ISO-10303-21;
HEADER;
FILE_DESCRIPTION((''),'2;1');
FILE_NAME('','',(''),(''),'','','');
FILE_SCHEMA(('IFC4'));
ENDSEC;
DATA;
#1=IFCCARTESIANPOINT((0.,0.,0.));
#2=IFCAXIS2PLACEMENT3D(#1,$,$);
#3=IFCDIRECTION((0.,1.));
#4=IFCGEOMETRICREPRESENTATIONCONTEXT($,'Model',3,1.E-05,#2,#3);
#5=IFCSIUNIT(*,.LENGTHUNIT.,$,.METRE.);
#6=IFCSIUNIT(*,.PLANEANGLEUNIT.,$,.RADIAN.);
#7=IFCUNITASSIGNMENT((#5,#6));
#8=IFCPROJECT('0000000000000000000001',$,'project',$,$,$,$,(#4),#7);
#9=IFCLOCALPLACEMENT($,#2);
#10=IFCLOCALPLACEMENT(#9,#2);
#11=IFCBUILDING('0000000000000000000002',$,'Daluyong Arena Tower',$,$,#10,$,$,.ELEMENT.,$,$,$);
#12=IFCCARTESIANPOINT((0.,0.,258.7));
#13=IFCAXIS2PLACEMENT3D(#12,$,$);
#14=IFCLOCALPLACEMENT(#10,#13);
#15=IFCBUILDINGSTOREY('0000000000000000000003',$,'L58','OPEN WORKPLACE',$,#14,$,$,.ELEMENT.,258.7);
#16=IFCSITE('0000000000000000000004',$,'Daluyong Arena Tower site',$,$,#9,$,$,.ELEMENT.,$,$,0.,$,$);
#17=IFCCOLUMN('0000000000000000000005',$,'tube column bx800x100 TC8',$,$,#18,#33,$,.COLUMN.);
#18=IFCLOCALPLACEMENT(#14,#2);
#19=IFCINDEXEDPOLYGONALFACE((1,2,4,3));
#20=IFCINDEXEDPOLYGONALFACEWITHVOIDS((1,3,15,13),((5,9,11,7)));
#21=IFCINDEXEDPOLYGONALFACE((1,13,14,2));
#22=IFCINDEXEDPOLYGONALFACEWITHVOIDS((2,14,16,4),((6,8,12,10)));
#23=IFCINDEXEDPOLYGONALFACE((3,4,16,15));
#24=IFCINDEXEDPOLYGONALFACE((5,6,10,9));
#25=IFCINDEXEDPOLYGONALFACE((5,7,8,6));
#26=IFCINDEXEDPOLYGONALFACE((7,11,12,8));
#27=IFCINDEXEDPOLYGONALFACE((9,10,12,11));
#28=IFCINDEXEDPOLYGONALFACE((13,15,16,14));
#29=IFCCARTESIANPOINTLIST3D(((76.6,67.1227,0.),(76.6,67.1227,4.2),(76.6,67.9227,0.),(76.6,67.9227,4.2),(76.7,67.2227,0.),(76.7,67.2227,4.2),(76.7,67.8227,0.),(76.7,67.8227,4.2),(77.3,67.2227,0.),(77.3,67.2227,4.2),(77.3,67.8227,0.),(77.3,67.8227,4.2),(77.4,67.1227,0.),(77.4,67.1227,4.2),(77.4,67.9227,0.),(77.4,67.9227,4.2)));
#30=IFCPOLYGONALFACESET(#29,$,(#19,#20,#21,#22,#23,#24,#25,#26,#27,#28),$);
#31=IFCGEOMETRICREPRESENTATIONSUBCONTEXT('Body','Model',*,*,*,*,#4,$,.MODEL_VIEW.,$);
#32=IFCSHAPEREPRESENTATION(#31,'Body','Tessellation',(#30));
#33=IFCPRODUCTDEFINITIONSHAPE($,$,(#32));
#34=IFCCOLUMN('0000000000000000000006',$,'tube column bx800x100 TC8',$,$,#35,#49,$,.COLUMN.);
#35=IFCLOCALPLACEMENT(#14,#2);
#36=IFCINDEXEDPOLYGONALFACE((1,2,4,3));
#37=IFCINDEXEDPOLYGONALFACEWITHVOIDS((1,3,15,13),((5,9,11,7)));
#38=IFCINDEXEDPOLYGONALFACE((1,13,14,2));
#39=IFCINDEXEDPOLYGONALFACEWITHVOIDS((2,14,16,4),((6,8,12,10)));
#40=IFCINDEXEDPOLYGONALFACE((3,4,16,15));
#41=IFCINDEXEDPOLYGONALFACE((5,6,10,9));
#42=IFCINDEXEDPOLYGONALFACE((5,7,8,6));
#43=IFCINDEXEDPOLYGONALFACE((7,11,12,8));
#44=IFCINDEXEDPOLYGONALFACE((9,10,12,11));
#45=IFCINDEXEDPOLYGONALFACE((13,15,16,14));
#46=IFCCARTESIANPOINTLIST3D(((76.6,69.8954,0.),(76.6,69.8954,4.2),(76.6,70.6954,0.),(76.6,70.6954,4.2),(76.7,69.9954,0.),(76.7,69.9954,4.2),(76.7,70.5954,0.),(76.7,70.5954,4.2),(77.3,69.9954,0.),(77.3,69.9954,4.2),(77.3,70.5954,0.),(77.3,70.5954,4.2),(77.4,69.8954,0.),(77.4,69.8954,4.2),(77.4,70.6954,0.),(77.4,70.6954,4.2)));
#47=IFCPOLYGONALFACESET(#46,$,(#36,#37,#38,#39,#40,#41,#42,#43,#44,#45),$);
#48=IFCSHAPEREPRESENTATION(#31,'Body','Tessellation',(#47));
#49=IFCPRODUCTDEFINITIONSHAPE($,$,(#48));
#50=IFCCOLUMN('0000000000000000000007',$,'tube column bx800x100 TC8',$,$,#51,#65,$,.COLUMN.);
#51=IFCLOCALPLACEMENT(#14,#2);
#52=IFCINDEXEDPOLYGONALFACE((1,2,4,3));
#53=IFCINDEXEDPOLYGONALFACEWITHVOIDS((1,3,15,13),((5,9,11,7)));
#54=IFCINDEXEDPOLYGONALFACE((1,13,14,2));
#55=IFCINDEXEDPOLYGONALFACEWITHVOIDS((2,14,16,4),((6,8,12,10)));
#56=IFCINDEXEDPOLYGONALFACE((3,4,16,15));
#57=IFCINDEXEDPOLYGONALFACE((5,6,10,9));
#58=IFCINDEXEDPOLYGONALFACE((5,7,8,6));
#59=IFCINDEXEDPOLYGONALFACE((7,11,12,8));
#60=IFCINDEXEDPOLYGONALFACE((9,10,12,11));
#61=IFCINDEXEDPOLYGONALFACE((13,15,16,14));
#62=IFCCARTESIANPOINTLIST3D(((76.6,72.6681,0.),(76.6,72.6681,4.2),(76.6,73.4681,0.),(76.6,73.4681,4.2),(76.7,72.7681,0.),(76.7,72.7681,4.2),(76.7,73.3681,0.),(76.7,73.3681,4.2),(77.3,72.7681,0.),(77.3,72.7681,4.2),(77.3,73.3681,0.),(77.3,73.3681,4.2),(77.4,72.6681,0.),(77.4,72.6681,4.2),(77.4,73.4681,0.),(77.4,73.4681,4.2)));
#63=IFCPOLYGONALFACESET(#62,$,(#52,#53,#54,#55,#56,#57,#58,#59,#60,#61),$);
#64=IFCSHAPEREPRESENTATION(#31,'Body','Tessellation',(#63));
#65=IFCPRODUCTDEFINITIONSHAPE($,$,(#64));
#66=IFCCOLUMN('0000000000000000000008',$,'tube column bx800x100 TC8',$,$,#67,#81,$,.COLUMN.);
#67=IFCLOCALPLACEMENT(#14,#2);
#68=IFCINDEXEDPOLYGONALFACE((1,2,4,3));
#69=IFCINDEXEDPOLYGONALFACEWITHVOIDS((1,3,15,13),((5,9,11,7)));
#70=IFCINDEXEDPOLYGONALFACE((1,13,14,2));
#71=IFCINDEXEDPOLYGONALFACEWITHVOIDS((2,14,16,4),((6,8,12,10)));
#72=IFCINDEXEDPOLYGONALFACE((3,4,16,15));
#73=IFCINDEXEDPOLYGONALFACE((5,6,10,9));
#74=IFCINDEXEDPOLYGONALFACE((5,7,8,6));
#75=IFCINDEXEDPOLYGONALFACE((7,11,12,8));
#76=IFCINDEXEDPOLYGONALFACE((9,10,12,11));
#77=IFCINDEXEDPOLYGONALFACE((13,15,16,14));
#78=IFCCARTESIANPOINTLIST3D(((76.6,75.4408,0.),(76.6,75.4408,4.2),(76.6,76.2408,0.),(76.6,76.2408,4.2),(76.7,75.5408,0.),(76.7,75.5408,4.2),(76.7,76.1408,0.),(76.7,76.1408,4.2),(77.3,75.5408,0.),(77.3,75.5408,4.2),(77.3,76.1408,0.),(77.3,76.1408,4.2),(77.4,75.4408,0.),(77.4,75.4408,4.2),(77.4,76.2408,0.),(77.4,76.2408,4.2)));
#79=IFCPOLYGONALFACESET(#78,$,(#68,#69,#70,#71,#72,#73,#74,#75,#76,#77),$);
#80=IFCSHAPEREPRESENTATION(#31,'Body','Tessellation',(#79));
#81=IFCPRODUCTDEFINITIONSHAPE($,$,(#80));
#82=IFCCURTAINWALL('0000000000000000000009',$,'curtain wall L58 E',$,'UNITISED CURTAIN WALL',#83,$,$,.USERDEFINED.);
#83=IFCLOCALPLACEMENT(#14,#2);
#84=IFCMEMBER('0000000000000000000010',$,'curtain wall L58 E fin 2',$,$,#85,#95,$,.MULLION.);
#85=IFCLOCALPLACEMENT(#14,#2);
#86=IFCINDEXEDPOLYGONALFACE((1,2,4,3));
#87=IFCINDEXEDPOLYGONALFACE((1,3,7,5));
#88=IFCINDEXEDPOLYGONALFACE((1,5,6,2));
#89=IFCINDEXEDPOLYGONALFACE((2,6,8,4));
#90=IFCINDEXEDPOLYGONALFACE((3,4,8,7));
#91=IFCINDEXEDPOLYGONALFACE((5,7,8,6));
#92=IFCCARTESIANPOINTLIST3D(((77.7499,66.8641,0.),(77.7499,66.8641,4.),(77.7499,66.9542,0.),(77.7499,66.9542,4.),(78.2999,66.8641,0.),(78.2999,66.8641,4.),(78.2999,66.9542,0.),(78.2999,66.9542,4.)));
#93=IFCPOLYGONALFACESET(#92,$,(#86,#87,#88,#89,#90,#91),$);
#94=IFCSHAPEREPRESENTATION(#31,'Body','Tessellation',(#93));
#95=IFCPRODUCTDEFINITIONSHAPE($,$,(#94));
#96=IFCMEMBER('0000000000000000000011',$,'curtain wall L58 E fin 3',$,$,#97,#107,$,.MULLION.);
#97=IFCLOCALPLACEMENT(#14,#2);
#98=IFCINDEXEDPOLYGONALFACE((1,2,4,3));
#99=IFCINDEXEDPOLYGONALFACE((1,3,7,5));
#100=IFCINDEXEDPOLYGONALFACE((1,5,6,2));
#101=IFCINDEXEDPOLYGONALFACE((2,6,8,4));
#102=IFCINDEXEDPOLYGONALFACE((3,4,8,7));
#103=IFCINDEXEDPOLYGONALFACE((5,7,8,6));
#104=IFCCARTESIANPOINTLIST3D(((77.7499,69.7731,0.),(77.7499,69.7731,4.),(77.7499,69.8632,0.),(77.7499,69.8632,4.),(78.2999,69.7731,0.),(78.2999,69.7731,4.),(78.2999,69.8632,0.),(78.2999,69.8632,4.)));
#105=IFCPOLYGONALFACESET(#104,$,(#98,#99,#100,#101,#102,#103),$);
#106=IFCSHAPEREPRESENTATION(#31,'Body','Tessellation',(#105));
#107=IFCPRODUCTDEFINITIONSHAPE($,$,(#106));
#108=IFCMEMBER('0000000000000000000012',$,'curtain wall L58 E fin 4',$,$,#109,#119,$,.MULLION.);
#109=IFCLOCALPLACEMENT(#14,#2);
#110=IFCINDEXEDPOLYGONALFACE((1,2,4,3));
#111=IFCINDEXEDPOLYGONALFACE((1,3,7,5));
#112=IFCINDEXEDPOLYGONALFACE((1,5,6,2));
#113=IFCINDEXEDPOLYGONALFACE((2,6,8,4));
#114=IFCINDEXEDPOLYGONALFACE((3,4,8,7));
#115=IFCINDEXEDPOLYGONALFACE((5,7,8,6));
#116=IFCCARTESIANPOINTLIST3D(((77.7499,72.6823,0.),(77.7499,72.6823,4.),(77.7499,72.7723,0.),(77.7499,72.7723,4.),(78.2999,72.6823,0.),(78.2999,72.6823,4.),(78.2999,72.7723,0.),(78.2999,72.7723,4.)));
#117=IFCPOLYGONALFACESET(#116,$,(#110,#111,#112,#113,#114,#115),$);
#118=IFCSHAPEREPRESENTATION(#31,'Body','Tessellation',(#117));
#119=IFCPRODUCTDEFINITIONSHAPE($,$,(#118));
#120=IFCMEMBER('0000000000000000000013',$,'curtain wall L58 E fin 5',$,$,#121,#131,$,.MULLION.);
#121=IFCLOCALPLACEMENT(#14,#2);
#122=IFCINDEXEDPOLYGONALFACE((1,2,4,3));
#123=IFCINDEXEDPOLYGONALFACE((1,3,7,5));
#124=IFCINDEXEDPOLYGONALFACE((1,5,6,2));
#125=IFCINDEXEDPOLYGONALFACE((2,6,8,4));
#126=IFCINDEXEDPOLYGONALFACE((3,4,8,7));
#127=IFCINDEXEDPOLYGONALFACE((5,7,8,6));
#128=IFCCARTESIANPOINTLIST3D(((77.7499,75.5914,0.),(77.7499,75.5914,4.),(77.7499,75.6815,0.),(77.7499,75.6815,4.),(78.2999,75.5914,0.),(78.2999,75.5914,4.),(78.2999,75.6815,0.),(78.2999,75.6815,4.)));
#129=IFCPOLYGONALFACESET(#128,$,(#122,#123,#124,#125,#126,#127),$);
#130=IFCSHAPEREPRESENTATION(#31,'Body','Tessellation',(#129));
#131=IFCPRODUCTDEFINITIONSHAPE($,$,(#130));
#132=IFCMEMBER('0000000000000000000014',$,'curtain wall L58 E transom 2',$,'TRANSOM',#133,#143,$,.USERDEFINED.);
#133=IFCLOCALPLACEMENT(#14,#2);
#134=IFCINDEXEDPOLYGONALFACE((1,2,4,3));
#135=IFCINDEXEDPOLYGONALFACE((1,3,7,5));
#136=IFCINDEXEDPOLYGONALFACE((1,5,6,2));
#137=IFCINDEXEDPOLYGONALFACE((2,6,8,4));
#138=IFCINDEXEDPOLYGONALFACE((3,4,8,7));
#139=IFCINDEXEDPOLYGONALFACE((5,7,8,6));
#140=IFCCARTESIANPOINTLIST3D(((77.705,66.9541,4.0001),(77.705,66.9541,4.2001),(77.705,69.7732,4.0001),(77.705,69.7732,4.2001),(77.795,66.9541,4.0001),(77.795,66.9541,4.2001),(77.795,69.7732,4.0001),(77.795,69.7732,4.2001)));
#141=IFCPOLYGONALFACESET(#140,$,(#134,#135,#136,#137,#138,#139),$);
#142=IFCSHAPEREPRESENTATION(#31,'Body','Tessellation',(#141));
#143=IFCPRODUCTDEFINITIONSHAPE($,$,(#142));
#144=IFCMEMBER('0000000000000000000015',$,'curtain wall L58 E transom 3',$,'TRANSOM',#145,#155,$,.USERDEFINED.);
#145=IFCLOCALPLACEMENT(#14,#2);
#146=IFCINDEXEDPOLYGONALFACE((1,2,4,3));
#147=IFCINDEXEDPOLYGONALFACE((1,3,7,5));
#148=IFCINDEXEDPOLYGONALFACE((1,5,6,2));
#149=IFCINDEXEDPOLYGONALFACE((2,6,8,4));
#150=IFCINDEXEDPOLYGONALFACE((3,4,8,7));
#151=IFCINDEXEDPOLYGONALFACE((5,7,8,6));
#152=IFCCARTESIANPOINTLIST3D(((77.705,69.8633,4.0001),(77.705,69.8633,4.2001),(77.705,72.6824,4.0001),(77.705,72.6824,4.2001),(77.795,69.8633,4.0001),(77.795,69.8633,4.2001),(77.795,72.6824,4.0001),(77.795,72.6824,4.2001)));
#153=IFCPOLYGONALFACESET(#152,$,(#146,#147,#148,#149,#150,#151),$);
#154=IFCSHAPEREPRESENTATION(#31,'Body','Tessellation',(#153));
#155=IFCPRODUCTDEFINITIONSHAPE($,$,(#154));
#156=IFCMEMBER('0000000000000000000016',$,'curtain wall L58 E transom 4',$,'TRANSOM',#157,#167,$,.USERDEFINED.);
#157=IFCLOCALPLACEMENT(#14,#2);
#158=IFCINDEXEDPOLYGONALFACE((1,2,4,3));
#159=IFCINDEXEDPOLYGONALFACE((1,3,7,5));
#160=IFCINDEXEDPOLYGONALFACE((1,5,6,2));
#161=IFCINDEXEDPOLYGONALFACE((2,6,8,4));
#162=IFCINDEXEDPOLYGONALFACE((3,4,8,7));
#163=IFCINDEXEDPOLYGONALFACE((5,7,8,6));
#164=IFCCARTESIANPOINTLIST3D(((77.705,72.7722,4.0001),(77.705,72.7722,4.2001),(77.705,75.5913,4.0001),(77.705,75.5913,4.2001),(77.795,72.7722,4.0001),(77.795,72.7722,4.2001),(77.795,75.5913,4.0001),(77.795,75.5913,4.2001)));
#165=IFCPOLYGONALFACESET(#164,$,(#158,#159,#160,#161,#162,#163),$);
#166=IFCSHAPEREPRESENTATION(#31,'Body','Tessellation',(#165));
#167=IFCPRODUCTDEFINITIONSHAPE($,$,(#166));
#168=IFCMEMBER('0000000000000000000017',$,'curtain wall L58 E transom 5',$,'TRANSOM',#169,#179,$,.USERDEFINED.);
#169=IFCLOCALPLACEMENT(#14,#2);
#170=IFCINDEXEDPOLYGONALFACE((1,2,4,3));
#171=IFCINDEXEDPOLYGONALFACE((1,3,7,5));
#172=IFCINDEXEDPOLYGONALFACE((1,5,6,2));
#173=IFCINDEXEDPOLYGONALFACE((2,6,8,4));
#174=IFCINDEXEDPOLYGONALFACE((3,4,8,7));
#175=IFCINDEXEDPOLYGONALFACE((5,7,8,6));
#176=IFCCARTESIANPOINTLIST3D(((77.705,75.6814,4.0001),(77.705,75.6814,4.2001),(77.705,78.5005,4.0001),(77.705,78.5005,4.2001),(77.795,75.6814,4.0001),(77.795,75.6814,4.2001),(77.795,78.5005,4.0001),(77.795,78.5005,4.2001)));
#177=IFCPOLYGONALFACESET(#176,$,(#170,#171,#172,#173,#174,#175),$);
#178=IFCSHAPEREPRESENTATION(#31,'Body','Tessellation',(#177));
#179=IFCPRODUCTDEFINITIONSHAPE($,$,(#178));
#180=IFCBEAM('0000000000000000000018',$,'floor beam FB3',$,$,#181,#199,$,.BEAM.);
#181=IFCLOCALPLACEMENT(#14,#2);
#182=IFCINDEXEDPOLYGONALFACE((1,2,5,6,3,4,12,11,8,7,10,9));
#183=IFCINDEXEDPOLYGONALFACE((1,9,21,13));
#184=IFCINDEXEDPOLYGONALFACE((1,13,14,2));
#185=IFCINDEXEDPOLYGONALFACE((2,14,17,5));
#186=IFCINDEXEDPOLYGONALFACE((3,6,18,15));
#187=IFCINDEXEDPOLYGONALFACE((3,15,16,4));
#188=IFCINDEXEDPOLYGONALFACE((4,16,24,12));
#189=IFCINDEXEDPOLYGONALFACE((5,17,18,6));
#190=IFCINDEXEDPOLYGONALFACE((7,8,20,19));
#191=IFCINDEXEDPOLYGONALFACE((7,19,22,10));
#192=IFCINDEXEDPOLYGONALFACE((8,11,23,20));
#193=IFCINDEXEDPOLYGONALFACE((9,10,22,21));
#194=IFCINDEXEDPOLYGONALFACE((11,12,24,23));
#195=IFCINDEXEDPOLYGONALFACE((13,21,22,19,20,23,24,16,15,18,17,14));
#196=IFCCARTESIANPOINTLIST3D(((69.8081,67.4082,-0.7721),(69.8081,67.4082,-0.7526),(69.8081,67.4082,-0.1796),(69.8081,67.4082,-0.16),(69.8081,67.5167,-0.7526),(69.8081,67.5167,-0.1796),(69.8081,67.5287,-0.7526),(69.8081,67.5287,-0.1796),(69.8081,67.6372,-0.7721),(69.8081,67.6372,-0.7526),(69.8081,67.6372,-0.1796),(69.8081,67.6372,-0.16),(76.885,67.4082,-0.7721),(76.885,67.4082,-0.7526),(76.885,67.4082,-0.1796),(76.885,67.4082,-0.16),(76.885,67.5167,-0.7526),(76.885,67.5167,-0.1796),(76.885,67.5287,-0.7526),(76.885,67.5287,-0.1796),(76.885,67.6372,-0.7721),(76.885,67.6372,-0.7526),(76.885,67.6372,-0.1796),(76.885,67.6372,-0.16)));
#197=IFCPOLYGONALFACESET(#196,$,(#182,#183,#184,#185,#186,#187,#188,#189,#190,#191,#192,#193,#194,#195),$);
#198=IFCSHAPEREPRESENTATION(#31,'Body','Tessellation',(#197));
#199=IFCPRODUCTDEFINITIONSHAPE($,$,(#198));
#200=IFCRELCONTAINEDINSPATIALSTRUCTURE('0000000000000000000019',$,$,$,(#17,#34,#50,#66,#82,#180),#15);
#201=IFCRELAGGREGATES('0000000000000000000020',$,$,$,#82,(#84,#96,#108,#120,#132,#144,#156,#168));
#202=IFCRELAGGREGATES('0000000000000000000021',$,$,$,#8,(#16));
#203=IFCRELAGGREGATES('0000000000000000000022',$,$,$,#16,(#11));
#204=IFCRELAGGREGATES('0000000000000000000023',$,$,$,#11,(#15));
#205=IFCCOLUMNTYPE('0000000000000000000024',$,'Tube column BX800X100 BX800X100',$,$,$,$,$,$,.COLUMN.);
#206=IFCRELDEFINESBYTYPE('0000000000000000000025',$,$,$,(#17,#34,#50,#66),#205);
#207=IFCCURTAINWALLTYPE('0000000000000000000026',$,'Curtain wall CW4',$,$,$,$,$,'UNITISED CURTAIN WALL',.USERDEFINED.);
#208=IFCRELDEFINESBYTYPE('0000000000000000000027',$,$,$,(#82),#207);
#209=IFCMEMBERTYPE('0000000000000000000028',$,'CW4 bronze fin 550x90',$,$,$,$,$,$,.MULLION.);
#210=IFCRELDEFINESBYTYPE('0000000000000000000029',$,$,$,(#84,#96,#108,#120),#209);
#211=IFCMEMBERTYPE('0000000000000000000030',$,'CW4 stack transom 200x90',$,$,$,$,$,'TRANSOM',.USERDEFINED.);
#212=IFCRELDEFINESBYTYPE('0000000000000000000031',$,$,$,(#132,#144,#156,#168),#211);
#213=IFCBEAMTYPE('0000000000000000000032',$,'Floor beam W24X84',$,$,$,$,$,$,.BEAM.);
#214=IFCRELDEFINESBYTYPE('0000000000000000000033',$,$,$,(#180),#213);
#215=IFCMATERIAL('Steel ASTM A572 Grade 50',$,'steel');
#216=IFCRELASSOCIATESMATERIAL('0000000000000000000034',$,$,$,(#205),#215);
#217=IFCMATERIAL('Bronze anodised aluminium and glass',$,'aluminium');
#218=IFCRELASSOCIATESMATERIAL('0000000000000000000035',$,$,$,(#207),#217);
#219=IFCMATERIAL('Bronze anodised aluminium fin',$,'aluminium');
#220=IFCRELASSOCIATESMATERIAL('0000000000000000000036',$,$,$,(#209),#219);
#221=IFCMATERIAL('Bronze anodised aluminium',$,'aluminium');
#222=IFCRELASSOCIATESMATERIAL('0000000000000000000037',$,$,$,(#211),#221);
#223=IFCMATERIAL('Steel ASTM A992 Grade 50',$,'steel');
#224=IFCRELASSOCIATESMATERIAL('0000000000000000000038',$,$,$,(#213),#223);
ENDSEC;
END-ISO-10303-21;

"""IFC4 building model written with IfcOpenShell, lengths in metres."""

from ifc_helpers import new_model, si_unit, direction, frame, origin, origin_2d, place, context, subcontext, project, spatial, rectangle, hollow_rectangle, i_section, extrude, material, material_profile, profile_set, type_object, element, aggregate, save


model = new_model("IFC4")

# Units and contexts
model_context = context("Model", 3, precision=1e-05, world=origin(), true_north=direction((0.0, 1.0)))
body_context = subcontext(model_context, "Body", "Model", "MODEL_VIEW")
ifc_project = project(units=[si_unit("LENGTHUNIT", "METRE"), si_unit("PLANEANGLEUNIT", "RADIAN")], contexts=[model_context])

# Site, building, storey
site_placement = place(None, origin())
site = spatial("IfcSite", under=ifc_project, at=site_placement, Name="Daluyong Arena Tower site", CompositionType="ELEMENT", RefElevation=0.0)
building_placement = place(site_placement, origin())
building = spatial("IfcBuilding", under=site, at=building_placement, Name="Daluyong Arena Tower", CompositionType="ELEMENT")
storey_placement = place(building_placement, frame((0.0, 0.0, 258.7)))
storey = spatial("IfcBuildingStorey", under=building, at=storey_placement, Name="L58", Description="OPEN WORKPLACE", CompositionType="ELEMENT", Elevation=258.7)

# Columns
ifc_material_1 = material(Name="Steel ASTM A572 Grade 50", Category="steel")
ifc_material_profile_1 = material_profile(ifc_material_1, hollow_rectangle(XDim=0.8, YDim=0.8, WallThickness=0.1, at=origin_2d()))
ifc_profile_set_1 = profile_set([ifc_material_profile_1], Name="Steel ASTM A572 Grade 50")
column_type = type_object("IfcColumnType", Name="Tube column BX800X100 BX800X100", PredefinedType="COLUMN", material=ifc_profile_set_1)
for number, where, z_axis, x_axis, name in (
    (1, (77.0, 67.5227, 0.0), (0.0, 0.0, 1.0), (0.0, 1.0, 0.0), "tube column bx800x100 TC8"),
    (2, (77.0, 70.2954, 0.0), (0.0, 0.0, 1.0), (0.0, 1.0, 0.0), "tube column bx800x100 TC8"),
    (3, (77.0, 73.0681, 0.0), (0.0, 0.0, 1.0), (0.0, 1.0, 0.0), "tube column bx800x100 TC8"),
    (4, (77.0, 75.8408, 0.0), (0.0, 0.0, 1.0), (0.0, 1.0, 0.0), "tube column bx800x100 TC8"),
):
    element("IfcColumn", number, at=place(storey_placement, frame(where, z_axis=z_axis, x_axis=x_axis)), inside=storey, type_object=column_type, Name=name, PredefinedType="COLUMN", context=body_context, shape_type="SweptSolid", body=[
        extrude(hollow_rectangle(XDim=0.8, YDim=0.8, WallThickness=0.1, at=origin_2d()), origin(), (0.0, 0.0, 1.0), 4.2),
    ])

# Curtain wall, members
ifc_material_2 = material(Name="Bronze anodised aluminium and glass", Category="aluminium")
curtain_wall_type = type_object("IfcCurtainWallType", Name="Curtain wall CW4", ElementType="UNITISED CURTAIN WALL", PredefinedType="USERDEFINED", material=ifc_material_2)
curtain_wall_placement = place(storey_placement, origin())
curtain_wall = element("IfcCurtainWall", 5, at=curtain_wall_placement, inside=storey, type_object=curtain_wall_type, Name="curtain wall L58 E", ObjectType="UNITISED CURTAIN WALL", PredefinedType="USERDEFINED")
ifc_material_3 = material(Name="Bronze anodised aluminium fin", Category="aluminium")
ifc_material_profile_2 = material_profile(ifc_material_3, rectangle(XDim=0.55, YDim=0.0901, at=origin_2d()))
ifc_profile_set_2 = profile_set([ifc_material_profile_2], Name="Bronze anodised aluminium fin")
member_type_1 = type_object("IfcMemberType", Name="CW4 bronze fin 550x90", PredefinedType="MULLION", material=ifc_profile_set_2)
member_1_placement = place(storey_placement, frame((78.0249, 66.9092, 0.0), z_axis=(0.0, 0.0, 1.0), x_axis=(-1.0, 0.0, 0.0)))
member_1 = element("IfcMember", 6, at=member_1_placement, type_object=member_type_1, Name="curtain wall L58 E fin 2", PredefinedType="MULLION", context=body_context, shape_type="SweptSolid", body=[
    extrude(rectangle(XDim=0.55, YDim=0.0901, at=origin_2d()), origin(), (0.0, 0.0, 1.0), 4.0),
])
member_2_placement = place(storey_placement, frame((78.0249, 69.8181, 0.0), z_axis=(0.0, 0.0, 1.0), x_axis=(-1.0, 0.0, 0.0)))
member_2 = element("IfcMember", 7, at=member_2_placement, type_object=member_type_1, Name="curtain wall L58 E fin 3", PredefinedType="MULLION", context=body_context, shape_type="SweptSolid", body=[
    extrude(rectangle(XDim=0.55, YDim=0.0901, at=origin_2d()), origin(), (0.0, 0.0, 1.0), 4.0),
])
member_3_placement = place(storey_placement, frame((78.0249, 72.7273, 0.0), z_axis=(0.0, 0.0, 1.0), x_axis=(-1.0, 0.0, 0.0)))
member_3 = element("IfcMember", 8, at=member_3_placement, type_object=member_type_1, Name="curtain wall L58 E fin 4", PredefinedType="MULLION", context=body_context, shape_type="SweptSolid", body=[
    extrude(rectangle(XDim=0.55, YDim=0.0901, at=origin_2d()), origin(), (0.0, 0.0, 1.0), 4.0),
])
member_4_placement = place(storey_placement, frame((78.0249, 75.6365, 0.0), z_axis=(0.0, 0.0, 1.0), x_axis=(-1.0, 0.0, 0.0)))
member_4 = element("IfcMember", 9, at=member_4_placement, type_object=member_type_1, Name="curtain wall L58 E fin 5", PredefinedType="MULLION", context=body_context, shape_type="SweptSolid", body=[
    extrude(rectangle(XDim=0.55, YDim=0.0901, at=origin_2d()), origin(), (0.0, 0.0, 1.0), 4.0),
])
ifc_material_4 = material(Name="Bronze anodised aluminium", Category="aluminium")
ifc_material_profile_3 = material_profile(ifc_material_4, rectangle(XDim=0.0901, YDim=0.2, at=origin_2d()))
ifc_profile_set_3 = profile_set([ifc_material_profile_3], Name="Bronze anodised aluminium")
member_type_2 = type_object("IfcMemberType", Name="CW4 stack transom 200x90", ElementType="TRANSOM", PredefinedType="USERDEFINED", material=ifc_profile_set_3)
member_5_placement = place(storey_placement, frame((77.75, 66.9541, 4.1001), z_axis=(0.0, 1.0, 0.0), x_axis=(-1.0, 0.0, 0.0)))
member_5 = element("IfcMember", 10, at=member_5_placement, type_object=member_type_2, Name="curtain wall L58 E transom 2", ObjectType="TRANSOM", PredefinedType="USERDEFINED", context=body_context, shape_type="SweptSolid", body=[
    extrude(rectangle(XDim=0.0901, YDim=0.2, at=origin_2d()), origin(), (0.0, 0.0, 1.0), 2.8191),
])
member_6_placement = place(storey_placement, frame((77.75, 69.8633, 4.1001), z_axis=(0.0, 1.0, 0.0), x_axis=(-1.0, 0.0, 0.0)))
member_6 = element("IfcMember", 11, at=member_6_placement, type_object=member_type_2, Name="curtain wall L58 E transom 3", ObjectType="TRANSOM", PredefinedType="USERDEFINED", context=body_context, shape_type="SweptSolid", body=[
    extrude(rectangle(XDim=0.0901, YDim=0.2, at=origin_2d()), origin(), (0.0, 0.0, 1.0), 2.8191),
])
member_7_placement = place(storey_placement, frame((77.75, 72.7722, 4.1001), z_axis=(0.0, 1.0, 0.0), x_axis=(-1.0, 0.0, 0.0)))
member_7 = element("IfcMember", 12, at=member_7_placement, type_object=member_type_2, Name="curtain wall L58 E transom 4", ObjectType="TRANSOM", PredefinedType="USERDEFINED", context=body_context, shape_type="SweptSolid", body=[
    extrude(rectangle(XDim=0.0901, YDim=0.2, at=origin_2d()), origin(), (0.0, 0.0, 1.0), 2.8191),
])
member_8_placement = place(storey_placement, frame((77.75, 75.6814, 4.1001), z_axis=(0.0, 1.0, 0.0), x_axis=(-1.0, 0.0, 0.0)))
member_8 = element("IfcMember", 13, at=member_8_placement, type_object=member_type_2, Name="curtain wall L58 E transom 5", ObjectType="TRANSOM", PredefinedType="USERDEFINED", context=body_context, shape_type="SweptSolid", body=[
    extrude(rectangle(XDim=0.0901, YDim=0.2, at=origin_2d()), origin(), (0.0, 0.0, 1.0), 2.8191),
])

# Beam
ifc_material_5 = material(Name="Steel ASTM A992 Grade 50", Category="steel")
ifc_material_profile_4 = material_profile(ifc_material_5, i_section(OverallWidth=0.229, OverallDepth=0.6121, WebThickness=0.012, FlangeThickness=0.0195, at=origin_2d()))
ifc_profile_set_4 = profile_set([ifc_material_profile_4], Name="Steel ASTM A992 Grade 50")
beam_type_1 = type_object("IfcBeamType", Name="Floor beam W24X84", PredefinedType="BEAM", material=ifc_profile_set_4)
beam_1_placement = place(storey_placement, frame((76.885, 67.5227, -0.4661), z_axis=(-1.0, 0.0, 0.0), x_axis=(0.0, -1.0, 0.0)))
element("IfcBeam", 14, at=beam_1_placement, inside=storey, type_object=beam_type_1, Name="floor beam FB3", PredefinedType="BEAM", context=body_context, shape_type="SweptSolid", body=[
    extrude(i_section(OverallWidth=0.229, OverallDepth=0.6121, WebThickness=0.012, FlangeThickness=0.0195, at=origin_2d()), origin(), (0.0, 0.0, 1.0), 7.0769),
])

aggregate(curtain_wall, [member_1, member_2, member_3, member_4, member_5, member_6, member_7, member_8])

save(model, "model.ifc")
